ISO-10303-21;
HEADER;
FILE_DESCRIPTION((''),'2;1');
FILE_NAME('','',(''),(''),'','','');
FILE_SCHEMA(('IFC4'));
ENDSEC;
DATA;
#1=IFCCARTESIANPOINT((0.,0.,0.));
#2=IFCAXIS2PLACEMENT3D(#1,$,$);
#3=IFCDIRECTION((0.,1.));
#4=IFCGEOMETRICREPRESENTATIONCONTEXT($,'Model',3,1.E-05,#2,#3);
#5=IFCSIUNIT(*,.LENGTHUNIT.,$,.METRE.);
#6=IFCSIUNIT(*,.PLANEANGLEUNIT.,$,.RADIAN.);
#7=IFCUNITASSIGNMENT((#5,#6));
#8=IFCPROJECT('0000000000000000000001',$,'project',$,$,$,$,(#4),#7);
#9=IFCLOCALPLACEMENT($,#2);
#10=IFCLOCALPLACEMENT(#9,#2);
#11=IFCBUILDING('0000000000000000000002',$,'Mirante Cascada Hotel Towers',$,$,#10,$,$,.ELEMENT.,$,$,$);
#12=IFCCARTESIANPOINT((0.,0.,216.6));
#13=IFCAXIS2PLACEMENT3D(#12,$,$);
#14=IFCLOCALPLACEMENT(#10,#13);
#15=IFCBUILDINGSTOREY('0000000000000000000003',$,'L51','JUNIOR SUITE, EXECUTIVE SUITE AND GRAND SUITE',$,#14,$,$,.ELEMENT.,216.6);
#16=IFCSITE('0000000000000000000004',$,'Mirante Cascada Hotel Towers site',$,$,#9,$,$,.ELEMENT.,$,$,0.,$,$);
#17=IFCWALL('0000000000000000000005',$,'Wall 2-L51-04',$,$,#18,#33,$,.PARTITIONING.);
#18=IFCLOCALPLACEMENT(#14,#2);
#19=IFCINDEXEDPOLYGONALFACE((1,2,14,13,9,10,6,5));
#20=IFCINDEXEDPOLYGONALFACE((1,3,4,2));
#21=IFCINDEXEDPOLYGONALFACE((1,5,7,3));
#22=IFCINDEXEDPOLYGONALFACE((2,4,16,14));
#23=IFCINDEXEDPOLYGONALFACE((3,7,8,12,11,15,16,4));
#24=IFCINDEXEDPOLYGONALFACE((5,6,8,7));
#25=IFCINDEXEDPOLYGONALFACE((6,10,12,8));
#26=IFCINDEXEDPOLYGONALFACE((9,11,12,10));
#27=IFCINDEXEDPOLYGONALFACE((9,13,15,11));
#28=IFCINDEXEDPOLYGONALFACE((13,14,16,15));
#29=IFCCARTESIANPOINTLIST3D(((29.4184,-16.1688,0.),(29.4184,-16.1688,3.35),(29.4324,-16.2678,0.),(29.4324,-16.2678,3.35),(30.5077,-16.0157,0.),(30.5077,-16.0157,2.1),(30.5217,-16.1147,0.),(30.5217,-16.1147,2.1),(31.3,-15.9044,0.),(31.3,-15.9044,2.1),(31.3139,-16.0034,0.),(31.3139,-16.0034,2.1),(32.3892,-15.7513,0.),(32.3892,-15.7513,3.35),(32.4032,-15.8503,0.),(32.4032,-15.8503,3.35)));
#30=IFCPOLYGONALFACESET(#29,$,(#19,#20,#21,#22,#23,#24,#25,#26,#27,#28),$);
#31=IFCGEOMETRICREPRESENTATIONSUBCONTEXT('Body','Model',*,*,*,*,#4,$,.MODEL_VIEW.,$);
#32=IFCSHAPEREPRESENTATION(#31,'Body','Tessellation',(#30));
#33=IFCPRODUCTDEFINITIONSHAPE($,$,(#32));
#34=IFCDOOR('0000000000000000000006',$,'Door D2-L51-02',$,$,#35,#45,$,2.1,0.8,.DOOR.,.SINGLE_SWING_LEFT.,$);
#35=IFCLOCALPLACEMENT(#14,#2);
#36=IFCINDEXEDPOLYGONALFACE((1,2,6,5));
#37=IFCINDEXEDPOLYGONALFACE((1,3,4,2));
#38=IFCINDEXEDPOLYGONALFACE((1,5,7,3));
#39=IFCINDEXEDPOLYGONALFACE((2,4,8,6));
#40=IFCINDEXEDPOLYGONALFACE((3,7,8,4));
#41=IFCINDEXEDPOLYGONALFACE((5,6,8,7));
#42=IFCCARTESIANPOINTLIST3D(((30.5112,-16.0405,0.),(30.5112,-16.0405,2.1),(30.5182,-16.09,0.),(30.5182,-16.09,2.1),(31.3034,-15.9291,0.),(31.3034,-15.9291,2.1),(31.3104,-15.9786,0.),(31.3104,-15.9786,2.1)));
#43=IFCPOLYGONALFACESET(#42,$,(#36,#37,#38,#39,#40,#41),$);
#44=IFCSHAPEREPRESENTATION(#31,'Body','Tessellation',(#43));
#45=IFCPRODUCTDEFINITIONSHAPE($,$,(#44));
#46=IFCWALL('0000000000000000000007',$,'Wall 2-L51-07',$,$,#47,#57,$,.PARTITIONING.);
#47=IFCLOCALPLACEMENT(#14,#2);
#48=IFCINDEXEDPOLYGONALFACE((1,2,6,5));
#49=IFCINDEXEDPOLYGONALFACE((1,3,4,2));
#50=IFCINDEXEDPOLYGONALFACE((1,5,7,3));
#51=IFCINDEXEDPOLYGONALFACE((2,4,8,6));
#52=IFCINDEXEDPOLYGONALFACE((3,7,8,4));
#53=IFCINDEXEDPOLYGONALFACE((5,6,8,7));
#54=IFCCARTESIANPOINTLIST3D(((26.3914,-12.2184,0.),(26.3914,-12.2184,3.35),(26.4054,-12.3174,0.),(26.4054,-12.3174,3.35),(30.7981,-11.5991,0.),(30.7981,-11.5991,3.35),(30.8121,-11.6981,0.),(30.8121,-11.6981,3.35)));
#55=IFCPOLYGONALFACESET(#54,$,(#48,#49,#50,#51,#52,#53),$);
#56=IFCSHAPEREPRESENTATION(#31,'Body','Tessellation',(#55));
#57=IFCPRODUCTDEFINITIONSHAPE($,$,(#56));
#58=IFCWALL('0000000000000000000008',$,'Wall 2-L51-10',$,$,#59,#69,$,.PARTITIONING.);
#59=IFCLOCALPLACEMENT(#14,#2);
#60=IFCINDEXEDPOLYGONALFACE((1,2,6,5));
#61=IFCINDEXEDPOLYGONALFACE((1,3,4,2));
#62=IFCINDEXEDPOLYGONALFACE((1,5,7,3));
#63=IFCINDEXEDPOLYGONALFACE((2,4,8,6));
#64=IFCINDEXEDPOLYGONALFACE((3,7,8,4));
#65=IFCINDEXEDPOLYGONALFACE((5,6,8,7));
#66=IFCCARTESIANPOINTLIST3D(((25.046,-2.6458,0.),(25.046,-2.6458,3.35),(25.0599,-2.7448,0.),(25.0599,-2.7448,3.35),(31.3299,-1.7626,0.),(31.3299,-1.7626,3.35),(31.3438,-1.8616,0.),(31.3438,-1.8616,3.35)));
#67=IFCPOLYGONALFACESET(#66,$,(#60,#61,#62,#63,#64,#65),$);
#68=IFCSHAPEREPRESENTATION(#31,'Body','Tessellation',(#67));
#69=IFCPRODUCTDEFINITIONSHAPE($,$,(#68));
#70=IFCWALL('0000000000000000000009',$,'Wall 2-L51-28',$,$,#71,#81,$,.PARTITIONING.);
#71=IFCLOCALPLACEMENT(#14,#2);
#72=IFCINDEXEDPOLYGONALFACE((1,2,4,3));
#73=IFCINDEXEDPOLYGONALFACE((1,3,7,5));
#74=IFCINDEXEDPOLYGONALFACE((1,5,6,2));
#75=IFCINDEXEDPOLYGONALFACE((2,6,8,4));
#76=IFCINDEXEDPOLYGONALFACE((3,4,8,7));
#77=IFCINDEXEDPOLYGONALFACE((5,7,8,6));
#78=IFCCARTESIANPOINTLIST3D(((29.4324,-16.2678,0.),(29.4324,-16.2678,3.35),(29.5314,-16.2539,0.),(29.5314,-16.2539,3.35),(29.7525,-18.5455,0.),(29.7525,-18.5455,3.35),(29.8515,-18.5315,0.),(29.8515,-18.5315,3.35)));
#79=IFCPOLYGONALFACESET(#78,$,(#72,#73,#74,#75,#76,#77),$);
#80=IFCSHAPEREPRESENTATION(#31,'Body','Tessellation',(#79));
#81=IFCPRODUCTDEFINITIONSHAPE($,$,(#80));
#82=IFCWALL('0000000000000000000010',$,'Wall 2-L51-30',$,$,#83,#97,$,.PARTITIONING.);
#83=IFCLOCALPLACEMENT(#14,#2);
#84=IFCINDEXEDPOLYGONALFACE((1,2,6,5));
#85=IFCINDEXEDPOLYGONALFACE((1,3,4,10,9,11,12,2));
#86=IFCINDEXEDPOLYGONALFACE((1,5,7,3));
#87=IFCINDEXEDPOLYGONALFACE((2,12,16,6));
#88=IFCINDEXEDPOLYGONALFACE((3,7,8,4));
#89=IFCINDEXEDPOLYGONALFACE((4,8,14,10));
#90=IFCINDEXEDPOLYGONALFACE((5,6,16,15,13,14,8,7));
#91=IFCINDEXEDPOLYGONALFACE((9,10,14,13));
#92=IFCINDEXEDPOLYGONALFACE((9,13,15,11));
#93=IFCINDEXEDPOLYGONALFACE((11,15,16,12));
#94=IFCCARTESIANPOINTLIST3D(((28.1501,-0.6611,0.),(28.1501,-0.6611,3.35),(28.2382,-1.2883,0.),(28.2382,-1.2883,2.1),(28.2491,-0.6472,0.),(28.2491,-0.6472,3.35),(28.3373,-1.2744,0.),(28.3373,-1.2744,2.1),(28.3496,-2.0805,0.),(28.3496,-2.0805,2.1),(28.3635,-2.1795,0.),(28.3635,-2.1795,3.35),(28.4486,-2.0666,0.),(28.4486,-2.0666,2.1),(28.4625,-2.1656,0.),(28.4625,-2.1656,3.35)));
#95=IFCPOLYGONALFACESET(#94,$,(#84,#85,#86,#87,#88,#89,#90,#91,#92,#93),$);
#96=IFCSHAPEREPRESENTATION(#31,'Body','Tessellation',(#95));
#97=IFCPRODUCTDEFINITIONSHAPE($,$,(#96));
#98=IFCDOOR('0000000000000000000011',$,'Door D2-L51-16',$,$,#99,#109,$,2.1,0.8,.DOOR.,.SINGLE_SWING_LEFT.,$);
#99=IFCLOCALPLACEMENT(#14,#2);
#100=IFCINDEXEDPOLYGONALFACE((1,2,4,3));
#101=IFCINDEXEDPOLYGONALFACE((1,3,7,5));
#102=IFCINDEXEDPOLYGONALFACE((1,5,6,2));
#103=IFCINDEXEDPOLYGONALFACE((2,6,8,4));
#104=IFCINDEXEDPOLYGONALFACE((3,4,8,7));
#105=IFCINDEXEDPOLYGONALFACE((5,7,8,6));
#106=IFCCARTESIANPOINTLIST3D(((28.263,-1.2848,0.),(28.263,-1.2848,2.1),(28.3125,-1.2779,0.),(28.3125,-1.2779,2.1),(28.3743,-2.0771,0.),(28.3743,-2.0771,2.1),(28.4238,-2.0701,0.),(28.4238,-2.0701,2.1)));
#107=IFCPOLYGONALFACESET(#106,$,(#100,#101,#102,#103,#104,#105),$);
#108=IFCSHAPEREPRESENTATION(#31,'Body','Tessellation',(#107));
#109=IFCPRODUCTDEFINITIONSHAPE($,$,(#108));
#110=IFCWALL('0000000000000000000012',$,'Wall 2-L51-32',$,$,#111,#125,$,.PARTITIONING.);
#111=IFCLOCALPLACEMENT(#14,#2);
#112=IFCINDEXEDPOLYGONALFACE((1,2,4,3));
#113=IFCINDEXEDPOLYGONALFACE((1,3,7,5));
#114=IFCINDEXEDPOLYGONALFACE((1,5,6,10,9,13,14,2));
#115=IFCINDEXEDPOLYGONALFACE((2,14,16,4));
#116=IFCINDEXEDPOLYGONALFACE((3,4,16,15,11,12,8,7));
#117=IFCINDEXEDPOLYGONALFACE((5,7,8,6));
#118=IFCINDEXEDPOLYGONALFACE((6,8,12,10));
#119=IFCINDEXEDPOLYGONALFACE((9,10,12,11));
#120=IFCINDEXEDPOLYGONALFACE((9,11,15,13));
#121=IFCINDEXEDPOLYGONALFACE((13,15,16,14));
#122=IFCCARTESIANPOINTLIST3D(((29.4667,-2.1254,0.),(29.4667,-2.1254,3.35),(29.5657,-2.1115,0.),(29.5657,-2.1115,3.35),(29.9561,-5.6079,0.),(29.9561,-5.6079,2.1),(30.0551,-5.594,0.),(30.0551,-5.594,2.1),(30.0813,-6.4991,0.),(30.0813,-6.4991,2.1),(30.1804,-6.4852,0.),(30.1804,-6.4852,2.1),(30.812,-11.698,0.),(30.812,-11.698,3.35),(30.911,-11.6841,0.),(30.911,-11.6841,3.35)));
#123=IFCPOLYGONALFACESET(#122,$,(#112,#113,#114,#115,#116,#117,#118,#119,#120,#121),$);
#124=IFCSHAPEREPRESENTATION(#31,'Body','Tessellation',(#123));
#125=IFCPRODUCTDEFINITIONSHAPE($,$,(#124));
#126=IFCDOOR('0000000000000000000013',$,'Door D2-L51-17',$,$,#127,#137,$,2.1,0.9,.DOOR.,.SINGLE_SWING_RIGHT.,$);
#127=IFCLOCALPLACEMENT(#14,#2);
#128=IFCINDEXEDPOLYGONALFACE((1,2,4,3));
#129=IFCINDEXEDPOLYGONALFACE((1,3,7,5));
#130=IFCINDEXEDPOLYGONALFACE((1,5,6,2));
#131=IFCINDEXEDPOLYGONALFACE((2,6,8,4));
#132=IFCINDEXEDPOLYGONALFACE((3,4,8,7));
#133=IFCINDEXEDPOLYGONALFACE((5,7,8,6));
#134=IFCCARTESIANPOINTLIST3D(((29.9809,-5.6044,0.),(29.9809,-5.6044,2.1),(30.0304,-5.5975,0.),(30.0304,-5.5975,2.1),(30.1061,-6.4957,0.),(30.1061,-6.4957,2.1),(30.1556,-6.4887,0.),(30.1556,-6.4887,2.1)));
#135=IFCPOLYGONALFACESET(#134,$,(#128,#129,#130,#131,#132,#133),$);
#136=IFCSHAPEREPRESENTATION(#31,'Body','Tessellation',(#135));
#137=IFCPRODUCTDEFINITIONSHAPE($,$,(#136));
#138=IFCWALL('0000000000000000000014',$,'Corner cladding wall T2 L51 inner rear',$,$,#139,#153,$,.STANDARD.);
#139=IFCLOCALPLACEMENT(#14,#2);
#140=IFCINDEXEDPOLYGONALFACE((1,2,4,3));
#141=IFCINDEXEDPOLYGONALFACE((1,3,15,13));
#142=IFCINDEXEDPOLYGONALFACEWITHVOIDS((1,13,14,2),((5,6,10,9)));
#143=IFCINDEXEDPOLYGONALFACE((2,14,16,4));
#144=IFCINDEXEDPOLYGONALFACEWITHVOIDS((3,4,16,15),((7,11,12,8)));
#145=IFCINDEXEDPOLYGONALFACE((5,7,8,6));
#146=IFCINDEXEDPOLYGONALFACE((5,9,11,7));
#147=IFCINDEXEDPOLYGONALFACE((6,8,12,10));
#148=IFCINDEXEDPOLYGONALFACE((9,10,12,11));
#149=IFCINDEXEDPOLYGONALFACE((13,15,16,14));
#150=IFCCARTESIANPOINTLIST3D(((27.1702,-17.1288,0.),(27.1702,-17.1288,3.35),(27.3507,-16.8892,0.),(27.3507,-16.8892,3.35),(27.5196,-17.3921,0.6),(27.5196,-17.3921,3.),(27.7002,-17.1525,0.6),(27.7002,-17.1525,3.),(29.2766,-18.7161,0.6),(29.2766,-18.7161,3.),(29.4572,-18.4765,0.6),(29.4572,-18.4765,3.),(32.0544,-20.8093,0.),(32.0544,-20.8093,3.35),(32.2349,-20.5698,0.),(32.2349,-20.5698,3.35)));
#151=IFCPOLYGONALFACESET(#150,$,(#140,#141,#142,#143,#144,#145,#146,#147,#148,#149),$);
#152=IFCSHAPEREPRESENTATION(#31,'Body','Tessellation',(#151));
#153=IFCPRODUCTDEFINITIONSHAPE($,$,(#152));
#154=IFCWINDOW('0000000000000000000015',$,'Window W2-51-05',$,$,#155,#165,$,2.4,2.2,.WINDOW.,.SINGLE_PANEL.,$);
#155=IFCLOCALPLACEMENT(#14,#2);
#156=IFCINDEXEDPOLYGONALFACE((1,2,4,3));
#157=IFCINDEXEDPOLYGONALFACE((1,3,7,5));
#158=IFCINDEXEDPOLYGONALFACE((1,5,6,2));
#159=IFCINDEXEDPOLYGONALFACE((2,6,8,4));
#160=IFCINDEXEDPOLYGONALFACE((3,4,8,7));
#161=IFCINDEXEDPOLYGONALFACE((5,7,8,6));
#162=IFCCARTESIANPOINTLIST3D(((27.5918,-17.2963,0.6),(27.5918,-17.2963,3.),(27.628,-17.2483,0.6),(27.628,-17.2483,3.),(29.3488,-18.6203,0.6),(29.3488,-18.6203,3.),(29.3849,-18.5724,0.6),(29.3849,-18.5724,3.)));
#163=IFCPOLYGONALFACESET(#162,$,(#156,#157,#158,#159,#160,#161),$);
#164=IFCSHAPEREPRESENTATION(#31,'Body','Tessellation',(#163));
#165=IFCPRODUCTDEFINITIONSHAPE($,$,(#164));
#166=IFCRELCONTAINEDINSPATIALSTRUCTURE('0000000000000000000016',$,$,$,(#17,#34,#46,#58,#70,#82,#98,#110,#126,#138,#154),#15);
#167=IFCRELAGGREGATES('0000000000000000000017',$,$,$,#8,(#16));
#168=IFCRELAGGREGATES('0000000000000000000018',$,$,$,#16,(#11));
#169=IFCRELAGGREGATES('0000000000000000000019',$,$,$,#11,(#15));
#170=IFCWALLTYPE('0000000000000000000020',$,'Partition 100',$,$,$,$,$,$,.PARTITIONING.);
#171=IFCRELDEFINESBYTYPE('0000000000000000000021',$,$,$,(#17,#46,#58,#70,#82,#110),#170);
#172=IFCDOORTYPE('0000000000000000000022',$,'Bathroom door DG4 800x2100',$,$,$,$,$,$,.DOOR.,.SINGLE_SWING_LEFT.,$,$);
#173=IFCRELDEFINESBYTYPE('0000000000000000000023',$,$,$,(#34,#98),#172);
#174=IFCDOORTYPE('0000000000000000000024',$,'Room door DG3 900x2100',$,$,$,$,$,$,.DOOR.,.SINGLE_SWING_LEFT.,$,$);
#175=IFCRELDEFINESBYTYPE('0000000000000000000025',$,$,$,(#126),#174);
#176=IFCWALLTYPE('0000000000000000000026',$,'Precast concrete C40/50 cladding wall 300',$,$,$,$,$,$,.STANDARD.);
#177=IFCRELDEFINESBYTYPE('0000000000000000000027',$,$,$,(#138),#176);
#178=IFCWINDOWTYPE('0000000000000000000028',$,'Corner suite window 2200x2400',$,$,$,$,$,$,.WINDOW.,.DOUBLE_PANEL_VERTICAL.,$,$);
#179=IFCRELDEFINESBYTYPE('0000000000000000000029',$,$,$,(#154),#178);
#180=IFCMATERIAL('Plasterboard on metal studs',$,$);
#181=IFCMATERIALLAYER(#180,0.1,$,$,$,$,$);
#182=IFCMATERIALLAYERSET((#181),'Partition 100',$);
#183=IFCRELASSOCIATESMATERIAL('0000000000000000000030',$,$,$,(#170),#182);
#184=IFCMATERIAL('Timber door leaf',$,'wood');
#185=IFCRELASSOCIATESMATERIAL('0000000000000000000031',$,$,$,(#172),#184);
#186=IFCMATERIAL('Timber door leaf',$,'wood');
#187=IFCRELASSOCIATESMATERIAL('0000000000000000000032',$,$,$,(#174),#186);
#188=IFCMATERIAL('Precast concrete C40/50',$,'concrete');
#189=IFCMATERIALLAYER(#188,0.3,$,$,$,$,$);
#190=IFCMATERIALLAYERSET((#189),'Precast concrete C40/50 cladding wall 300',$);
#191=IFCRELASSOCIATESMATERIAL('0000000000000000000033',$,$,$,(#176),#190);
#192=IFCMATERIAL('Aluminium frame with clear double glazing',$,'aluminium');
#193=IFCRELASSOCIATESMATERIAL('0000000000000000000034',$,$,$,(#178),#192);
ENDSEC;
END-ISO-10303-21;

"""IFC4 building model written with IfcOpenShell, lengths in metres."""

from ifc_helpers import new_model, si_unit, direction, frame, frame_2d, origin, place, context, subcontext, project, spatial, rectangle, extrude, material, layer, layer_set, type_object, element, fill, save


model = new_model("IFC4")

# Units and contexts
model_context = context("Model", 3, precision=1e-05, world=origin(), true_north=direction((0.0, 1.0)))
body_context = subcontext(model_context, "Body", "Model", "MODEL_VIEW")
ifc_project = project(units=[si_unit("LENGTHUNIT", "METRE"), si_unit("PLANEANGLEUNIT", "RADIAN")], contexts=[model_context])

# Site, building, storey
site_placement = place(None, origin())
site = spatial("IfcSite", under=ifc_project, at=site_placement, Name="Mirante Cascada Hotel Towers site", CompositionType="ELEMENT", RefElevation=0.0)
building_placement = place(site_placement, origin())
building = spatial("IfcBuilding", under=site, at=building_placement, Name="Mirante Cascada Hotel Towers", CompositionType="ELEMENT")
storey_placement = place(building_placement, frame((0.0, 0.0, 216.6)))
storey = spatial("IfcBuildingStorey", under=building, at=storey_placement, Name="L51", Description="JUNIOR SUITE, EXECUTIVE SUITE AND GRAND SUITE", CompositionType="ELEMENT", Elevation=216.6)

# Shared definitions
ifc_material_1 = material(Name="Plasterboard on metal studs")
ifc_layer_1 = layer(ifc_material_1, 0.1)
ifc_layer_set_1 = layer_set([ifc_layer_1], Name="Partition 100")
wall_type_1 = type_object("IfcWallType", Name="Partition 100", PredefinedType="PARTITIONING", material=ifc_layer_set_1)

# Wall, opening, door
wall_1_placement = place(storey_placement, frame((29.4254, -16.2183, 0.0), z_axis=(0.0, 0.0, 1.0), x_axis=(0.990269, 0.139167, 0.0)))
wall_1 = element("IfcWall", 1, at=wall_1_placement, inside=storey, type_object=wall_type_1, Name="Wall 2-L51-04", PredefinedType="PARTITIONING", context=body_context, shape_type="SweptSolid", body=[
    extrude(rectangle(XDim=3.0, YDim=0.1, at=frame_2d((1.5, 0.0))), origin(), (0.0, 0.0, 1.0), 3.35),
])
opening_1_placement = place(wall_1_placement, frame((1.1, 0.0, 0.0)))
opening_1 = element("IfcOpeningElement", 2, at=opening_1_placement, cuts=wall_1, PredefinedType="OPENING", context=body_context, shape_type="SweptSolid", body=[
    extrude(rectangle(XDim=0.8, YDim=2.1, at=frame_2d((0.4, 1.05))), frame((0.0, 0.05, 0.0), z_axis=(0.0, -1.0, 0.0), x_axis=(1.0, 0.0, 0.0)), (0.0, 0.0, 1.0), 0.1),
])
ifc_material_2 = material(Name="Timber door leaf", Category="wood")
door_type_1 = type_object("IfcDoorType", Name="Bathroom door DG4 800x2100", OperationType="SINGLE_SWING_LEFT", PredefinedType="DOOR", material=ifc_material_2)
door_1_placement = place(opening_1_placement, origin())
door_1 = element("IfcDoor", 3, at=door_1_placement, inside=storey, type_object=door_type_1, Name="Door D2-L51-02", OperationType="SINGLE_SWING_LEFT", OverallHeight=2.1, OverallWidth=0.8, PredefinedType="DOOR", context=body_context, shape_type="SweptSolid", body=[
    extrude(rectangle(XDim=0.8, YDim=2.1, at=frame_2d((0.4, 1.05))), frame((0.0, 0.025, 0.0), z_axis=(0.0, -1.0, 0.0), x_axis=(1.0, 0.0, 0.0)), (0.0, 0.0, 1.0), 0.05),
])
fill(opening_1, door_1)

# Walls
wall_2_placement = place(storey_placement, frame((30.8051, -11.6486, 0.0), z_axis=(0.0, 0.0, 1.0), x_axis=(-0.990269, -0.139168, 0.0)))
element("IfcWall", 4, at=wall_2_placement, inside=storey, type_object=wall_type_1, Name="Wall 2-L51-07", PredefinedType="PARTITIONING", context=body_context, shape_type="SweptSolid", body=[
    extrude(rectangle(XDim=4.45, YDim=0.1, at=frame_2d((2.225, 0.0))), origin(), (0.0, 0.0, 1.0), 3.35),
])
wall_3_placement = place(storey_placement, frame((25.053, -2.6953, 0.0), z_axis=(0.0, 0.0, 1.0), x_axis=(0.990267, 0.139182, 0.0)))
element("IfcWall", 5, at=wall_3_placement, inside=storey, type_object=wall_type_1, Name="Wall 2-L51-10", PredefinedType="PARTITIONING", context=body_context, shape_type="SweptSolid", body=[
    extrude(rectangle(XDim=6.3457, YDim=0.1, at=frame_2d((3.1728, 0.0))), origin(), (0.0, 0.0, 1.0), 3.35),
])
wall_4_placement = place(storey_placement, frame((29.802, -18.5385, 0.0), z_axis=(0.0, 0.0, 1.0), x_axis=(-0.139175, 0.990268, 0.0)))
element("IfcWall", 6, at=wall_4_placement, inside=storey, type_object=wall_type_1, Name="Wall 2-L51-28", PredefinedType="PARTITIONING", context=body_context, shape_type="SweptSolid", body=[
    extrude(rectangle(XDim=2.3, YDim=0.1, at=frame_2d((1.15, 0.0))), origin(), (0.0, 0.0, 1.0), 3.35),
])

# Walls, openings, doors
wall_5_placement = place(storey_placement, frame((28.413, -2.1726, 0.0), z_axis=(0.0, 0.0, 1.0), x_axis=(-0.139175, 0.990268, 0.0)))
wall_5 = element("IfcWall", 7, at=wall_5_placement, inside=storey, type_object=wall_type_1, Name="Wall 2-L51-30", PredefinedType="PARTITIONING", context=body_context, shape_type="SweptSolid", body=[
    extrude(rectangle(XDim=1.5333, YDim=0.1, at=frame_2d((0.7667, 0.0))), origin(), (0.0, 0.0, 1.0), 3.35),
])
opening_2_placement = place(wall_5_placement, frame((0.1, 0.0, 0.0)))
opening_2 = element("IfcOpeningElement", 8, at=opening_2_placement, cuts=wall_5, PredefinedType="OPENING", context=body_context, shape_type="SweptSolid", body=[
    extrude(rectangle(XDim=0.8, YDim=2.1, at=frame_2d((0.4, 1.05))), frame((0.0, 0.05, 0.0), z_axis=(0.0, -1.0, 0.0), x_axis=(1.0, 0.0, 0.0)), (0.0, 0.0, 1.0), 0.1),
])
door_2_placement = place(opening_2_placement, origin())
door_2 = element("IfcDoor", 9, at=door_2_placement, inside=storey, type_object=door_type_1, Name="Door D2-L51-16", OperationType="SINGLE_SWING_LEFT", OverallHeight=2.1, OverallWidth=0.8, PredefinedType="DOOR", context=body_context, shape_type="SweptSolid", body=[
    extrude(rectangle(XDim=0.8, YDim=2.1, at=frame_2d((0.4, 1.05))), frame((0.0, 0.025, 0.0), z_axis=(0.0, -1.0, 0.0), x_axis=(1.0, 0.0, 0.0)), (0.0, 0.0, 1.0), 0.05),
])
fill(opening_2, door_2)
wall_6_placement = place(storey_placement, frame((30.8615, -11.6911, 0.0), z_axis=(0.0, 0.0, 1.0), x_axis=(-0.139169, 0.990269, 0.0)))
wall_6 = element("IfcWall", 10, at=wall_6_placement, inside=storey, type_object=wall_type_1, Name="Wall 2-L51-32", PredefinedType="PARTITIONING", context=body_context, shape_type="SweptSolid", body=[
    extrude(rectangle(XDim=9.6667, YDim=0.1, at=frame_2d((4.8334, 0.0))), origin(), (0.0, 0.0, 1.0), 3.35),
])
opening_3_placement = place(wall_6_placement, frame((5.25, 0.0, 0.0)))
opening_3 = element("IfcOpeningElement", 11, at=opening_3_placement, cuts=wall_6, PredefinedType="OPENING", context=body_context, shape_type="SweptSolid", body=[
    extrude(rectangle(XDim=0.9, YDim=2.1, at=frame_2d((0.45, 1.05))), frame((0.0, 0.05, 0.0), z_axis=(0.0, -1.0, 0.0), x_axis=(1.0, 0.0, 0.0)), (0.0, 0.0, 1.0), 0.1),
])
ifc_material_3 = material(Name="Timber door leaf", Category="wood")
door_type_2 = type_object("IfcDoorType", Name="Room door DG3 900x2100", OperationType="SINGLE_SWING_LEFT", PredefinedType="DOOR", material=ifc_material_3)
door_3_placement = place(opening_3_placement, frame((0.9, 0.0, 0.0), z_axis=(0.0, 0.0, 1.0), x_axis=(-1.0, 0.0, 0.0)))
door_3 = element("IfcDoor", 12, at=door_3_placement, inside=storey, type_object=door_type_2, Name="Door D2-L51-17", OperationType="SINGLE_SWING_RIGHT", OverallHeight=2.1, OverallWidth=0.9, PredefinedType="DOOR", context=body_context, shape_type="SweptSolid", body=[
    extrude(rectangle(XDim=0.9, YDim=2.1, at=frame_2d((0.45, 1.05))), frame((0.0, 0.025, 0.0), z_axis=(0.0, -1.0, 0.0), x_axis=(1.0, 0.0, 0.0)), (0.0, 0.0, 1.0), 0.05),
])
fill(opening_3, door_3)

# Wall, opening, window
ifc_material_4 = material(Name="Precast concrete C40/50", Category="concrete")
ifc_layer_2 = layer(ifc_material_4, 0.3)
ifc_layer_set_2 = layer_set([ifc_layer_2], Name="Precast concrete C40/50 cladding wall 300")
wall_type_2 = type_object("IfcWallType", Name="Precast concrete C40/50 cladding wall 300", PredefinedType="STANDARD", material=ifc_layer_set_2)
wall_7_placement = place(storey_placement, frame((27.2605, -17.009, 0.0), z_axis=(0.0, 0.0, 1.0), x_axis=(0.798628, -0.601824, 0.0)))
wall_7 = element("IfcWall", 13, at=wall_7_placement, inside=storey, type_object=wall_type_2, Name="Corner cladding wall T2 L51 inner rear", PredefinedType="STANDARD", context=body_context, shape_type="SweptSolid", body=[
    extrude(rectangle(XDim=6.1157, YDim=0.3, at=frame_2d((3.0578, 0.0))), origin(), (0.0, 0.0, 1.0), 3.35),
])
opening_4_placement = place(wall_7_placement, frame((0.4375, 0.0, 0.6)))
opening_4 = element("IfcOpeningElement", 14, at=opening_4_placement, cuts=wall_7, PredefinedType="OPENING", context=body_context, shape_type="SweptSolid", body=[
    extrude(rectangle(XDim=2.2, YDim=2.4, at=frame_2d((1.1, 1.2))), frame((0.0, 0.15, 0.0), z_axis=(0.0, -1.0, 0.0), x_axis=(1.0, 0.0, 0.0)), (0.0, 0.0, 1.0), 0.3),
])
ifc_material_5 = material(Name="Aluminium frame with clear double glazing", Category="aluminium")
window_type = type_object("IfcWindowType", Name="Corner suite window 2200x2400", PartitioningType="DOUBLE_PANEL_VERTICAL", PredefinedType="WINDOW", material=ifc_material_5)
window_placement = place(opening_4_placement, origin())
window = element("IfcWindow", 15, at=window_placement, inside=storey, type_object=window_type, Name="Window W2-51-05", OverallHeight=2.4, OverallWidth=2.2, PartitioningType="SINGLE_PANEL", PredefinedType="WINDOW", context=body_context, shape_type="SweptSolid", body=[
    extrude(rectangle(XDim=2.2, YDim=2.4, at=frame_2d((1.1, 1.2))), frame((0.0, 0.03, 0.0), z_axis=(0.0, -1.0, 0.0), x_axis=(1.0, 0.0, 0.0)), (0.0, 0.0, 1.0), 0.06),
])
fill(opening_4, window)

save(model, "model.ifc")
